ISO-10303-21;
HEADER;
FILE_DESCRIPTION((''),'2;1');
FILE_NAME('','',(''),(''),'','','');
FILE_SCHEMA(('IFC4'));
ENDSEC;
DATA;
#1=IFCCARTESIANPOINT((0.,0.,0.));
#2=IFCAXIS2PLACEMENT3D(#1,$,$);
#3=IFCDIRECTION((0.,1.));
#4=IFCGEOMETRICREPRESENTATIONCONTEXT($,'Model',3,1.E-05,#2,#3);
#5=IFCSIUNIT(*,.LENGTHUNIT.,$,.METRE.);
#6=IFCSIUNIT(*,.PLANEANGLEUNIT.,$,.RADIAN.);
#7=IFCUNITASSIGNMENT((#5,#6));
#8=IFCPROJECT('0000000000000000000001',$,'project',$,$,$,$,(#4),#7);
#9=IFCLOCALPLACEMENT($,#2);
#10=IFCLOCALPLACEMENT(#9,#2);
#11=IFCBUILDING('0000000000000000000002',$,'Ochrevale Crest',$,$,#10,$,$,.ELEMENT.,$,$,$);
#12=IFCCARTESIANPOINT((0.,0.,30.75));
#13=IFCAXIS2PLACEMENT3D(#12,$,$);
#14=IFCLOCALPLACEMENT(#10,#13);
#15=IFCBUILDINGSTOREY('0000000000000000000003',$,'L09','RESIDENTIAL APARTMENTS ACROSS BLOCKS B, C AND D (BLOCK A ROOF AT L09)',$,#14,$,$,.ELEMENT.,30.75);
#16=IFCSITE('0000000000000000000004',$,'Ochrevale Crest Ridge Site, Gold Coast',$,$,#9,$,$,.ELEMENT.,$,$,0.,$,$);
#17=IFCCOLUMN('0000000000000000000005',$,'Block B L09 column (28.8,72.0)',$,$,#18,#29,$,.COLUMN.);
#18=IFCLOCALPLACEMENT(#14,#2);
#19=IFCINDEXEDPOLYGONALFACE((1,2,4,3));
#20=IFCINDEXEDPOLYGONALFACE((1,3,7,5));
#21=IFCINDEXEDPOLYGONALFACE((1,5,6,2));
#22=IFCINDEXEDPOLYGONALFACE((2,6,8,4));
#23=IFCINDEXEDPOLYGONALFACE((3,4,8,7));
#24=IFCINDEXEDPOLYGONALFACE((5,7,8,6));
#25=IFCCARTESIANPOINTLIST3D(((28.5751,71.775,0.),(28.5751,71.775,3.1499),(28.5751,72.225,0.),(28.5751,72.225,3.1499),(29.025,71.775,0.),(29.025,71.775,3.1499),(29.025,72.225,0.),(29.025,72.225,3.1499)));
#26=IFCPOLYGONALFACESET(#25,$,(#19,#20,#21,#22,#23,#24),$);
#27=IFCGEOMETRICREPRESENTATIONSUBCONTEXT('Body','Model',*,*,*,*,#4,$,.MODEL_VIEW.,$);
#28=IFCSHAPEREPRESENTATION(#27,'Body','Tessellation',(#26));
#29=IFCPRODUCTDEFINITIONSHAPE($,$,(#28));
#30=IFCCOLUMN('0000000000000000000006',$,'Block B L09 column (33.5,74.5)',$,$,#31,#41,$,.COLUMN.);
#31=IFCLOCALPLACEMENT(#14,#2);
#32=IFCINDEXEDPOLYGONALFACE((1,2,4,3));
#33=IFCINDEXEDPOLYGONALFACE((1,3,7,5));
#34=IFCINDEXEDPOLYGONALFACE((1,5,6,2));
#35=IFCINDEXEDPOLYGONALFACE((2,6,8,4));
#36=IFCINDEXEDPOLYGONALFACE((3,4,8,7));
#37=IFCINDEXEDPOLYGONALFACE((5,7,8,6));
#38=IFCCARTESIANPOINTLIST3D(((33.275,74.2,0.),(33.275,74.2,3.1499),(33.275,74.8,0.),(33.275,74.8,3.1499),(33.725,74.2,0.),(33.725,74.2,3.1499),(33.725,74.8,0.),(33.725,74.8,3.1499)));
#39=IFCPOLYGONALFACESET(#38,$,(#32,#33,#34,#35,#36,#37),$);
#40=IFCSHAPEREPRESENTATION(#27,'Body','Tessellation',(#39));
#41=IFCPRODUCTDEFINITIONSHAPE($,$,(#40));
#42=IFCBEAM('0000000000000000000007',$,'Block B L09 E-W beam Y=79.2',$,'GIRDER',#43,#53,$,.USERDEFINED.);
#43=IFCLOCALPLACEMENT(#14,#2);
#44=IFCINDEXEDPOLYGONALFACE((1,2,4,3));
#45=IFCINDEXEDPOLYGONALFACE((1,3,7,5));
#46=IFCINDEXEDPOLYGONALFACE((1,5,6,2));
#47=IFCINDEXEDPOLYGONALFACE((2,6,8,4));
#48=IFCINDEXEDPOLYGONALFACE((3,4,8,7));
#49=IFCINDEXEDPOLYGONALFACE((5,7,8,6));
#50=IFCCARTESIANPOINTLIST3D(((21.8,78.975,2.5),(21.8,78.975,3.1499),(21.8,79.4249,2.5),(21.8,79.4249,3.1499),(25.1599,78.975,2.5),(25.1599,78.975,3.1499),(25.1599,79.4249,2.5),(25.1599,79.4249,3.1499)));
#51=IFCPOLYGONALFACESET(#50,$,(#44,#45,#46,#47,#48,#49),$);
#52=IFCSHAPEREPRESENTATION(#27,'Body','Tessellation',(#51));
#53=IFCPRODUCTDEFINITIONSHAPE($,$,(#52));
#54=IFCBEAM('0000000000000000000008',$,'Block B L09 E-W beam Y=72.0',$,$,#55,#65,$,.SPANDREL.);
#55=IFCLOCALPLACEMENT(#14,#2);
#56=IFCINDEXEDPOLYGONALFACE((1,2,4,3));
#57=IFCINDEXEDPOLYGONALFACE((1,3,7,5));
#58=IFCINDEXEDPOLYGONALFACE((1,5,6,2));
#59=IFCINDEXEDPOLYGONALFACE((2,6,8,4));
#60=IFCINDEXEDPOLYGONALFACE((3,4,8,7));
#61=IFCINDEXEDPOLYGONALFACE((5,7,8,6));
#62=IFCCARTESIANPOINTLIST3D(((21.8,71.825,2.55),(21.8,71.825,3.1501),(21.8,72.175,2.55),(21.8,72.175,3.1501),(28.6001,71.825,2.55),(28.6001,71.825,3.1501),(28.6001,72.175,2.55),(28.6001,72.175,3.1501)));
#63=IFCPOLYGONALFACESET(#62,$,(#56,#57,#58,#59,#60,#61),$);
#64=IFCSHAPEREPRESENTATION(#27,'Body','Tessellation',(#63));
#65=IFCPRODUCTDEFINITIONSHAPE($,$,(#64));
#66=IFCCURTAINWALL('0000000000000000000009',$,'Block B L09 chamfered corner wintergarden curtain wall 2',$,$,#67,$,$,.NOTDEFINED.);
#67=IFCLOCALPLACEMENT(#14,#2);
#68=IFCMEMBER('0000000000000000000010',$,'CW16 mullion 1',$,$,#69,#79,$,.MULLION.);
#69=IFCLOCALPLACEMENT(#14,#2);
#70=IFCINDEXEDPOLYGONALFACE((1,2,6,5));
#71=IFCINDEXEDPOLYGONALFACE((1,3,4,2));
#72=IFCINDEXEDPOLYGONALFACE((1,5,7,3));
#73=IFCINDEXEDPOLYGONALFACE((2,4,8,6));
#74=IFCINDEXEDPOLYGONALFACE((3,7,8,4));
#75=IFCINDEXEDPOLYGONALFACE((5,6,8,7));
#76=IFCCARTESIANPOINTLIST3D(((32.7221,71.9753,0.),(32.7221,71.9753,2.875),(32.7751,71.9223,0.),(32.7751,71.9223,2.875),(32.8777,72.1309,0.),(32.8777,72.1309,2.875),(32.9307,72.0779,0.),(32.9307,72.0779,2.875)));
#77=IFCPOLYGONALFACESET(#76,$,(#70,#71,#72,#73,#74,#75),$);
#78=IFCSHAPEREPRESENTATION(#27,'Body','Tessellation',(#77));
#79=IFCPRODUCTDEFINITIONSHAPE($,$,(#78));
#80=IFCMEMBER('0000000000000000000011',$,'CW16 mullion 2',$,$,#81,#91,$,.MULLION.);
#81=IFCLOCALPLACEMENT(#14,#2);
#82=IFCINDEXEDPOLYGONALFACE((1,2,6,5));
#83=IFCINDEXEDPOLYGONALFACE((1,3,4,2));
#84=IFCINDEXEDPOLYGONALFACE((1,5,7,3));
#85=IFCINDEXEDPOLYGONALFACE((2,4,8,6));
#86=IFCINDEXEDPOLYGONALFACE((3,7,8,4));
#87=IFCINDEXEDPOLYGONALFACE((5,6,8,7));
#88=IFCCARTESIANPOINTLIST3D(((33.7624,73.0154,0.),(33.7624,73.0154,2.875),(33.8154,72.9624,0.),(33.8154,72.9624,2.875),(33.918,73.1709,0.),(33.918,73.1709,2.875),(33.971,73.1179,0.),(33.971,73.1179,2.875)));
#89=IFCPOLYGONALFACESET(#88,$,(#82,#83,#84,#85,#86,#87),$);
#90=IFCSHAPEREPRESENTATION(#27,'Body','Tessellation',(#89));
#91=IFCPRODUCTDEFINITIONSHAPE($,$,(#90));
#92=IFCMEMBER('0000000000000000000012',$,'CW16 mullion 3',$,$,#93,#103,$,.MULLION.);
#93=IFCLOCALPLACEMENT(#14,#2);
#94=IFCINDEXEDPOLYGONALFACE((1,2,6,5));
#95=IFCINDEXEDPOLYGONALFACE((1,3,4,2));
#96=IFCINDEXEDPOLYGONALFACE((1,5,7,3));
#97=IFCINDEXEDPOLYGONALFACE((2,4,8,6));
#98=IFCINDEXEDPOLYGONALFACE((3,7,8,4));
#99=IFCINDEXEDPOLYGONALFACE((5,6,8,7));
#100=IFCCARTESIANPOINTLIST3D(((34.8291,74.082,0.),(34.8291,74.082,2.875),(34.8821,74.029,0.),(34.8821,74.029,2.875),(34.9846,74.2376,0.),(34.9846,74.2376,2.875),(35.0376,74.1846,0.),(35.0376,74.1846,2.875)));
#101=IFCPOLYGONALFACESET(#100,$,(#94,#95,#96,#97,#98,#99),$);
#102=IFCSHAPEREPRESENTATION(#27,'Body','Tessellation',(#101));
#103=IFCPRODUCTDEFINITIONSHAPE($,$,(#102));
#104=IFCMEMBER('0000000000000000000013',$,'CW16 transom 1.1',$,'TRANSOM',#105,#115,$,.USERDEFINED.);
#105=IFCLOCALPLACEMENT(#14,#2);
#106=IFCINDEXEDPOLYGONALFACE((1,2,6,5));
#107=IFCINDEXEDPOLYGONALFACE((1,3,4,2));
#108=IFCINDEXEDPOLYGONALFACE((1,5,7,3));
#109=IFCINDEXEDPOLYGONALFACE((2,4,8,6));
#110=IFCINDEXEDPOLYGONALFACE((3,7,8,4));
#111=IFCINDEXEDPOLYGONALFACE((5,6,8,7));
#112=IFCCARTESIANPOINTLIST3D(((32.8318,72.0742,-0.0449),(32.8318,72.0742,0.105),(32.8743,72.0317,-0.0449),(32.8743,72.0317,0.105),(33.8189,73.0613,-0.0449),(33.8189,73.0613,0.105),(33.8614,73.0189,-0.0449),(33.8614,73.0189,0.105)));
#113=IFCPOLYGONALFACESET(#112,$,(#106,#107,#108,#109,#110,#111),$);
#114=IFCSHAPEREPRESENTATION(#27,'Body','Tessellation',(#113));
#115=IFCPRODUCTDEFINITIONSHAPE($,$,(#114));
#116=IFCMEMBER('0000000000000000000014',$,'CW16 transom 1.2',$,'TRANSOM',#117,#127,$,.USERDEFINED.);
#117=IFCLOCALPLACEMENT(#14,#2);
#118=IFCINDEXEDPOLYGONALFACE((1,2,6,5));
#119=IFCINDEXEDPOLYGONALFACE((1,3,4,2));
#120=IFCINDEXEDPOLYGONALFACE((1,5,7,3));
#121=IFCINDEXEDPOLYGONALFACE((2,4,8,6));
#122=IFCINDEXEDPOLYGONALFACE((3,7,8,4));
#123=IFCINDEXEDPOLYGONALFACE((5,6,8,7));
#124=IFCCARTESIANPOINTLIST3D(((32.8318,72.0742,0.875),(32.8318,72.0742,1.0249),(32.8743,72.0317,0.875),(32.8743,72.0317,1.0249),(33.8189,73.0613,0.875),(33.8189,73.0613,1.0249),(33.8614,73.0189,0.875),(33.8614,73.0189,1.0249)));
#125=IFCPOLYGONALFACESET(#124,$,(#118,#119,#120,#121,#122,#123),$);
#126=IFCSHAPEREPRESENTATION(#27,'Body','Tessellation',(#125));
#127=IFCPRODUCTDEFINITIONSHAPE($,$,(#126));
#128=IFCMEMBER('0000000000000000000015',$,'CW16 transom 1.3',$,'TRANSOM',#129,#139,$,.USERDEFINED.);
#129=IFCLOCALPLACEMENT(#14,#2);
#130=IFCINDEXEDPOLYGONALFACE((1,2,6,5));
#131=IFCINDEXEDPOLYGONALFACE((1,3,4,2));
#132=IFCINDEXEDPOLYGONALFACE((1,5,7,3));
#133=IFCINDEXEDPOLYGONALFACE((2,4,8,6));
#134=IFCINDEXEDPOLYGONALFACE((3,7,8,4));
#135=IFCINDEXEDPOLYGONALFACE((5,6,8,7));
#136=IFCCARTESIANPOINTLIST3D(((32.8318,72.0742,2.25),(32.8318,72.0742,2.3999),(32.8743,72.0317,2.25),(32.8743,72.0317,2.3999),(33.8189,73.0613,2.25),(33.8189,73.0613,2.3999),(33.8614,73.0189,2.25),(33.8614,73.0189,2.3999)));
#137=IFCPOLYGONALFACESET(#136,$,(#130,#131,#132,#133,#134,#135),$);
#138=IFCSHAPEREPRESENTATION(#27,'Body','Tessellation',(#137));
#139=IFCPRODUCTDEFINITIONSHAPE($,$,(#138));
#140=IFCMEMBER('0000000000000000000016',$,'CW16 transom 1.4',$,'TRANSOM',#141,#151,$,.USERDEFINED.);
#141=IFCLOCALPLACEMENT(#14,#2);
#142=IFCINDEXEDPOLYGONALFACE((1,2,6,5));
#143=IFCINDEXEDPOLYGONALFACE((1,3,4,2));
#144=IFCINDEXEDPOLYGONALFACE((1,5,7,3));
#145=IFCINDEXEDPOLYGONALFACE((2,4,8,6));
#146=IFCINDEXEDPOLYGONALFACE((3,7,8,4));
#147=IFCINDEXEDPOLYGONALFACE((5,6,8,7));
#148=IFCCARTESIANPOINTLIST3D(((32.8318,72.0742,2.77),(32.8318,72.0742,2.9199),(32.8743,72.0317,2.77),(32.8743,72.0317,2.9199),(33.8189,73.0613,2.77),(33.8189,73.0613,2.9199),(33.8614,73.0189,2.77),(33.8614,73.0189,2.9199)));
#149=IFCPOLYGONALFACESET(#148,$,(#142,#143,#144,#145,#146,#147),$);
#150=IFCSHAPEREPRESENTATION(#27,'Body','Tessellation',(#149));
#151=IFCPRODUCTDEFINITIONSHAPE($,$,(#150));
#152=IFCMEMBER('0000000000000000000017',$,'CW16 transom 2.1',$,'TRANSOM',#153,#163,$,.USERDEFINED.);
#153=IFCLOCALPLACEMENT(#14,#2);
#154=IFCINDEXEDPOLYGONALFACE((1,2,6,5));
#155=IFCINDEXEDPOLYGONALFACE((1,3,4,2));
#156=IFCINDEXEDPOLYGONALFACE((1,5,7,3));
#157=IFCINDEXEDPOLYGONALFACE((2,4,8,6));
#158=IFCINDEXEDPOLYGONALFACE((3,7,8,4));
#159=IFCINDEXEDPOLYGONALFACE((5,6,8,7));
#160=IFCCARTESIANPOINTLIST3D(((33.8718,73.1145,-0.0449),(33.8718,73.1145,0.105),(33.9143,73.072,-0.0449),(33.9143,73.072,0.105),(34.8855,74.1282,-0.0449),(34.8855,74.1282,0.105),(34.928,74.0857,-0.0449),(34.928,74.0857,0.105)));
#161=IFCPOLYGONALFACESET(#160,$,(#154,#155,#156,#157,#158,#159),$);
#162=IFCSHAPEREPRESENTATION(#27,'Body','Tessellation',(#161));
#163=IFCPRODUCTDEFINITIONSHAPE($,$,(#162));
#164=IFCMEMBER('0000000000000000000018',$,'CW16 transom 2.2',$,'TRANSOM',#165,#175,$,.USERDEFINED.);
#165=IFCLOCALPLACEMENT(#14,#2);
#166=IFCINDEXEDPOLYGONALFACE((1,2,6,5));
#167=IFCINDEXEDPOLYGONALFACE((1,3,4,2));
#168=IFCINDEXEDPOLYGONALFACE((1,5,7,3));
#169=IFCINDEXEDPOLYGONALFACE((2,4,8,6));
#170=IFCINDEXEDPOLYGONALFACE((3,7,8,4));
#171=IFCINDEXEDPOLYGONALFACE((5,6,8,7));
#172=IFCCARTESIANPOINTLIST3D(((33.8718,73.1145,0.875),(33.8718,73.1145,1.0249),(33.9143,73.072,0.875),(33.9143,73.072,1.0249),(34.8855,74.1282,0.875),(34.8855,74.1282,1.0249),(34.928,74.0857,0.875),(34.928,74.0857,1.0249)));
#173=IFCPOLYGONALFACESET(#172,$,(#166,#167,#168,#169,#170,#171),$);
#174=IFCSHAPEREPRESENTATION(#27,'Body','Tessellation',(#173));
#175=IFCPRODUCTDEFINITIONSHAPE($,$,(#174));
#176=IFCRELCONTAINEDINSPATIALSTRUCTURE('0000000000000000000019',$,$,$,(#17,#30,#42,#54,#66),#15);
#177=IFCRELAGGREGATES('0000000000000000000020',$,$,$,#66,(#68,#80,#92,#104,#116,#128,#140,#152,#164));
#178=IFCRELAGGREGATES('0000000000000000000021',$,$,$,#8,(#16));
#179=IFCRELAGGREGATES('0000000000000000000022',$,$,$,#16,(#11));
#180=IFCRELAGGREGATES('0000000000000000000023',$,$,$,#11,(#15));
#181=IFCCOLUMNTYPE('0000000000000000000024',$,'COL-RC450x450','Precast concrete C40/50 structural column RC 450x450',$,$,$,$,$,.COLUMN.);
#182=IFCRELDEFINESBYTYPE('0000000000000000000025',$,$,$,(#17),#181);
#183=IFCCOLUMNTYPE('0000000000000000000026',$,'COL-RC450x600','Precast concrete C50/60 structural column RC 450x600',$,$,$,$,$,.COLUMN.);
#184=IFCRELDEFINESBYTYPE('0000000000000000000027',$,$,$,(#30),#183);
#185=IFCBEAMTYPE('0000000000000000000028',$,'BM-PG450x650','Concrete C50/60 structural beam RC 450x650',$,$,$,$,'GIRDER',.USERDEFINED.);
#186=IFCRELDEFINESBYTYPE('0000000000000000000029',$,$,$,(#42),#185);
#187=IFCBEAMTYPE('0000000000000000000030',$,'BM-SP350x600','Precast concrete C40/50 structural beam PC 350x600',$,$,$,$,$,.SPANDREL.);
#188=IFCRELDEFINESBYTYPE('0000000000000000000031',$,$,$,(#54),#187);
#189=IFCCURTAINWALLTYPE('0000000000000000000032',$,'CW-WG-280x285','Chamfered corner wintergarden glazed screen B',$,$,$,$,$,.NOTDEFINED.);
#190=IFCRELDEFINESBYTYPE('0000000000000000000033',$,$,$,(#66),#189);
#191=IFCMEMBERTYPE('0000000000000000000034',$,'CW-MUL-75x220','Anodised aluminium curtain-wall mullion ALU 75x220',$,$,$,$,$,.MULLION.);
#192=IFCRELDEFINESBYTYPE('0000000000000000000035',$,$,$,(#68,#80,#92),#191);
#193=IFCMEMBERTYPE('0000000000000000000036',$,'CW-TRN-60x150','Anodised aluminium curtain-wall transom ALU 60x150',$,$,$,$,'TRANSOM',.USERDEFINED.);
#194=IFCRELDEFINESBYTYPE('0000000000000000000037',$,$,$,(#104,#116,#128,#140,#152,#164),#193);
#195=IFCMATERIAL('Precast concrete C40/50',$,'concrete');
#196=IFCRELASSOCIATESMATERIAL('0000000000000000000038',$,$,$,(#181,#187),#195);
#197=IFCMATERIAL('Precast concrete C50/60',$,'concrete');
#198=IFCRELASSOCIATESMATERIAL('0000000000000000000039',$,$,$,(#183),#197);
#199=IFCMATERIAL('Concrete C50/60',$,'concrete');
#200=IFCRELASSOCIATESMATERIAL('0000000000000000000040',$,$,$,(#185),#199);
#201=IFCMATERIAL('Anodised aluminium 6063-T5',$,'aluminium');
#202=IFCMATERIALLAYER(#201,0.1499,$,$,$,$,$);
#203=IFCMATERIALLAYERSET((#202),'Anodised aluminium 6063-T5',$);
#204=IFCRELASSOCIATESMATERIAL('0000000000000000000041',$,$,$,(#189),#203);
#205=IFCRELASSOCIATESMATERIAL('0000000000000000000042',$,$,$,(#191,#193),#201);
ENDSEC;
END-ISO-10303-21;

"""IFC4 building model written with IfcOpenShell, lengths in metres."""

from ifc_helpers import new_model, si_unit, direction, frame, origin, origin_2d, place, context, subcontext, project, spatial, rectangle, extrude, material, layer, layer_set, material_profile, profile_set, type_object, element, aggregate, save


model = new_model("IFC4")

# Units and contexts
model_context = context("Model", 3, precision=1e-05, world=origin(), true_north=direction((0.0, 1.0)))
body_context = subcontext(model_context, "Body", "Model", "MODEL_VIEW")
ifc_project = project(units=[si_unit("LENGTHUNIT", "METRE"), si_unit("PLANEANGLEUNIT", "RADIAN")], contexts=[model_context])

# Site, building, storey
site_placement = place(None, origin())
site = spatial("IfcSite", under=ifc_project, at=site_placement, Name="Ochrevale Crest Ridge Site, Gold Coast", CompositionType="ELEMENT", RefElevation=0.0)
building_placement = place(site_placement, origin())
building = spatial("IfcBuilding", under=site, at=building_placement, Name="Ochrevale Crest", CompositionType="ELEMENT")
storey_placement = place(building_placement, frame((0.0, 0.0, 30.75)))
storey = spatial("IfcBuildingStorey", under=building, at=storey_placement, Name="L09", Description="RESIDENTIAL APARTMENTS ACROSS BLOCKS B, C AND D (BLOCK A ROOF AT L09)", CompositionType="ELEMENT", Elevation=30.75)

# Columns
ifc_material_1 = material(Name="Precast concrete C40/50", Category="concrete")
ifc_material_profile_1 = material_profile(ifc_material_1, rectangle(XDim=0.45, YDim=0.45, at=origin_2d()), Name="RC 450x450")
ifc_profile_set_1 = profile_set([ifc_material_profile_1], Name="Precast concrete C40/50")
column_type_1 = type_object("IfcColumnType", Name="COL-RC450x450", Description="Precast concrete C40/50 structural column RC 450x450", PredefinedType="COLUMN", material=ifc_profile_set_1)
column_1_placement = place(storey_placement, frame((28.8, 72.0, 0.0), z_axis=(0.0, 0.0, 1.0), x_axis=(1.0, 0.0, 0.0)))
element("IfcColumn", 1, at=column_1_placement, inside=storey, type_object=column_type_1, Name="Block B L09 column (28.8,72.0)", PredefinedType="COLUMN", context=body_context, shape_type="SweptSolid", body=[
    extrude(rectangle(XDim=0.45, YDim=0.45, at=origin_2d()), origin(), (0.0, 0.0, 1.0), 3.1499),
])
ifc_material_2 = material(Name="Precast concrete C50/60", Category="concrete")
ifc_material_profile_2 = material_profile(ifc_material_2, rectangle(XDim=0.45, YDim=0.6001, at=origin_2d()), Name="RC 450x600")
ifc_profile_set_2 = profile_set([ifc_material_profile_2], Name="Precast concrete C50/60")
column_type_2 = type_object("IfcColumnType", Name="COL-RC450x600", Description="Precast concrete C50/60 structural column RC 450x600", PredefinedType="COLUMN", material=ifc_profile_set_2)
column_2_placement = place(storey_placement, frame((33.5, 74.5, 0.0), z_axis=(0.0, 0.0, 1.0), x_axis=(1.0, 0.0, 0.0)))
element("IfcColumn", 2, at=column_2_placement, inside=storey, type_object=column_type_2, Name="Block B L09 column (33.5,74.5)", PredefinedType="COLUMN", context=body_context, shape_type="SweptSolid", body=[
    extrude(rectangle(XDim=0.45, YDim=0.6001, at=origin_2d()), origin(), (0.0, 0.0, 1.0), 3.1499),
])

# Beams
ifc_material_3 = material(Name="Concrete C50/60", Category="concrete")
ifc_material_profile_3 = material_profile(ifc_material_3, rectangle(XDim=0.45, YDim=0.6499, at=origin_2d()), Name="RC 450x650")
ifc_profile_set_3 = profile_set([ifc_material_profile_3], Name="Concrete C50/60")
beam_type_1 = type_object("IfcBeamType", Name="BM-PG450x650", Description="Concrete C50/60 structural beam RC 450x650", ElementType="GIRDER", PredefinedType="USERDEFINED", material=ifc_profile_set_3)
beam_1_placement = place(storey_placement, frame((21.8, 79.2, 2.825), z_axis=(1.0, 0.0, 0.0), x_axis=(0.0, 1.0, 0.0)))
element("IfcBeam", 3, at=beam_1_placement, inside=storey, type_object=beam_type_1, Name="Block B L09 E-W beam Y=79.2", ObjectType="GIRDER", PredefinedType="USERDEFINED", context=body_context, shape_type="SweptSolid", body=[
    extrude(rectangle(XDim=0.45, YDim=0.6499, at=origin_2d()), origin(), (0.0, 0.0, 1.0), 3.3599),
])
ifc_material_profile_4 = material_profile(ifc_material_1, rectangle(XDim=0.3501, YDim=0.6001, at=origin_2d()), Name="PC 350x600")
ifc_profile_set_4 = profile_set([ifc_material_profile_4], Name="Precast concrete C40/50")
beam_type_2 = type_object("IfcBeamType", Name="BM-SP350x600", Description="Precast concrete C40/50 structural beam PC 350x600", PredefinedType="SPANDREL", material=ifc_profile_set_4)
beam_2_placement = place(storey_placement, frame((21.8, 72.0, 2.8501), z_axis=(1.0, 0.0, 0.0), x_axis=(0.0, 1.0, 0.0)))
element("IfcBeam", 4, at=beam_2_placement, inside=storey, type_object=beam_type_2, Name="Block B L09 E-W beam Y=72.0", PredefinedType="SPANDREL", context=body_context, shape_type="SweptSolid", body=[
    extrude(rectangle(XDim=0.3501, YDim=0.6001, at=origin_2d()), origin(), (0.0, 0.0, 1.0), 6.8),
])

# Curtain wall, members
ifc_material_4 = material(Name="Anodised aluminium 6063-T5", Category="aluminium")
ifc_layer_1 = layer(ifc_material_4, 0.1499)
ifc_layer_set_1 = layer_set([ifc_layer_1], Name="Anodised aluminium 6063-T5")
curtain_wall_type = type_object("IfcCurtainWallType", Name="CW-WG-280x285", Description="Chamfered corner wintergarden glazed screen B", PredefinedType="NOTDEFINED", material=ifc_layer_set_1)
curtain_wall_placement = place(storey_placement, origin())
curtain_wall = element("IfcCurtainWall", 5, at=curtain_wall_placement, inside=storey, type_object=curtain_wall_type, Name="Block B L09 chamfered corner wintergarden curtain wall 2", PredefinedType="NOTDEFINED")
ifc_material_profile_5 = material_profile(ifc_material_4, rectangle(XDim=0.075, YDim=0.22, at=origin_2d()), Name="ALU 75x220")
ifc_profile_set_5 = profile_set([ifc_material_profile_5], Name="Anodised aluminium 6063-T5")
member_type_1 = type_object("IfcMemberType", Name="CW-MUL-75x220", Description="Anodised aluminium curtain-wall mullion ALU 75x220", PredefinedType="MULLION", material=ifc_profile_set_5)
member_1_placement = place(storey_placement, frame((32.8264, 72.0266, 0.0), z_axis=(0.0, 0.0, 1.0), x_axis=(-0.707107, 0.707107, 0.0)))
member_1 = element("IfcMember", 6, at=member_1_placement, type_object=member_type_1, Name="CW16 mullion 1", PredefinedType="MULLION", context=body_context, shape_type="SweptSolid", body=[
    extrude(rectangle(XDim=0.075, YDim=0.22, at=origin_2d()), origin(), (0.0, 0.0, 1.0), 2.875),
])
member_2_placement = place(storey_placement, frame((33.8667, 73.0667, 0.0), z_axis=(0.0, 0.0, 1.0), x_axis=(-0.707107, 0.707107, 0.0)))
member_2 = element("IfcMember", 7, at=member_2_placement, type_object=member_type_1, Name="CW16 mullion 2", PredefinedType="MULLION", context=body_context, shape_type="SweptSolid", body=[
    extrude(rectangle(XDim=0.075, YDim=0.22, at=origin_2d()), origin(), (0.0, 0.0, 1.0), 2.875),
])
member_3_placement = place(storey_placement, frame((34.9333, 74.1333, 0.0), z_axis=(0.0, 0.0, 1.0), x_axis=(-0.707107, 0.707107, 0.0)))
member_3 = element("IfcMember", 8, at=member_3_placement, type_object=member_type_1, Name="CW16 mullion 3", PredefinedType="MULLION", context=body_context, shape_type="SweptSolid", body=[
    extrude(rectangle(XDim=0.075, YDim=0.22, at=origin_2d()), origin(), (0.0, 0.0, 1.0), 2.875),
])
ifc_material_profile_6 = material_profile(ifc_material_4, rectangle(XDim=0.0601, YDim=0.1499, at=origin_2d()), Name="ALU 60x150")
ifc_profile_set_6 = profile_set([ifc_material_profile_6], Name="Anodised aluminium 6063-T5")
member_type_2 = type_object("IfcMemberType", Name="CW-TRN-60x150", Description="Anodised aluminium curtain-wall transom ALU 60x150", ElementType="TRANSOM", PredefinedType="USERDEFINED", material=ifc_profile_set_6)
member_4_placement = place(storey_placement, frame((32.853, 72.053, 0.03), z_axis=(0.707107, 0.707107, 0.0), x_axis=(-0.707107, 0.707107, 0.0)))
member_4 = element("IfcMember", 9, at=member_4_placement, type_object=member_type_2, Name="CW16 transom 1.1", ObjectType="TRANSOM", PredefinedType="USERDEFINED", context=body_context, shape_type="SweptSolid", body=[
    extrude(rectangle(XDim=0.0601, YDim=0.1499, at=origin_2d()), origin(), (0.0, 0.0, 1.0), 1.396),
])
member_5_placement = place(storey_placement, frame((32.853, 72.053, 0.95), z_axis=(0.707107, 0.707107, 0.0), x_axis=(-0.707107, 0.707107, 0.0)))
member_5 = element("IfcMember", 10, at=member_5_placement, type_object=member_type_2, Name="CW16 transom 1.2", ObjectType="TRANSOM", PredefinedType="USERDEFINED", context=body_context, shape_type="SweptSolid", body=[
    extrude(rectangle(XDim=0.0601, YDim=0.1499, at=origin_2d()), origin(), (0.0, 0.0, 1.0), 1.396),
])
member_6_placement = place(storey_placement, frame((32.853, 72.053, 2.325), z_axis=(0.707107, 0.707107, 0.0), x_axis=(-0.707107, 0.707107, 0.0)))
member_6 = element("IfcMember", 11, at=member_6_placement, type_object=member_type_2, Name="CW16 transom 1.3", ObjectType="TRANSOM", PredefinedType="USERDEFINED", context=body_context, shape_type="SweptSolid", body=[
    extrude(rectangle(XDim=0.0601, YDim=0.1499, at=origin_2d()), origin(), (0.0, 0.0, 1.0), 1.396),
])
member_7_placement = place(storey_placement, frame((32.853, 72.053, 2.845), z_axis=(0.707107, 0.707107, 0.0), x_axis=(-0.707107, 0.707107, 0.0)))
member_7 = element("IfcMember", 12, at=member_7_placement, type_object=member_type_2, Name="CW16 transom 1.4", ObjectType="TRANSOM", PredefinedType="USERDEFINED", context=body_context, shape_type="SweptSolid", body=[
    extrude(rectangle(XDim=0.0601, YDim=0.1499, at=origin_2d()), origin(), (0.0, 0.0, 1.0), 1.396),
])
member_8_placement = place(storey_placement, frame((33.8931, 73.0933, 0.03), z_axis=(0.707107, 0.707107, 0.0), x_axis=(-0.707107, 0.707107, 0.0)))
member_8 = element("IfcMember", 13, at=member_8_placement, type_object=member_type_2, Name="CW16 transom 2.1", ObjectType="TRANSOM", PredefinedType="USERDEFINED", context=body_context, shape_type="SweptSolid", body=[
    extrude(rectangle(XDim=0.0601, YDim=0.1499, at=origin_2d()), origin(), (0.0, 0.0, 1.0), 1.4336),
])
member_9_placement = place(storey_placement, frame((33.8931, 73.0933, 0.95), z_axis=(0.707107, 0.707107, 0.0), x_axis=(-0.707107, 0.707107, 0.0)))
member_9 = element("IfcMember", 14, at=member_9_placement, type_object=member_type_2, Name="CW16 transom 2.2", ObjectType="TRANSOM", PredefinedType="USERDEFINED", context=body_context, shape_type="SweptSolid", body=[
    extrude(rectangle(XDim=0.0601, YDim=0.1499, at=origin_2d()), origin(), (0.0, 0.0, 1.0), 1.4336),
])
aggregate(curtain_wall, [member_1, member_2, member_3, member_4, member_5, member_6, member_7, member_8, member_9])

save(model, "model.ifc")
